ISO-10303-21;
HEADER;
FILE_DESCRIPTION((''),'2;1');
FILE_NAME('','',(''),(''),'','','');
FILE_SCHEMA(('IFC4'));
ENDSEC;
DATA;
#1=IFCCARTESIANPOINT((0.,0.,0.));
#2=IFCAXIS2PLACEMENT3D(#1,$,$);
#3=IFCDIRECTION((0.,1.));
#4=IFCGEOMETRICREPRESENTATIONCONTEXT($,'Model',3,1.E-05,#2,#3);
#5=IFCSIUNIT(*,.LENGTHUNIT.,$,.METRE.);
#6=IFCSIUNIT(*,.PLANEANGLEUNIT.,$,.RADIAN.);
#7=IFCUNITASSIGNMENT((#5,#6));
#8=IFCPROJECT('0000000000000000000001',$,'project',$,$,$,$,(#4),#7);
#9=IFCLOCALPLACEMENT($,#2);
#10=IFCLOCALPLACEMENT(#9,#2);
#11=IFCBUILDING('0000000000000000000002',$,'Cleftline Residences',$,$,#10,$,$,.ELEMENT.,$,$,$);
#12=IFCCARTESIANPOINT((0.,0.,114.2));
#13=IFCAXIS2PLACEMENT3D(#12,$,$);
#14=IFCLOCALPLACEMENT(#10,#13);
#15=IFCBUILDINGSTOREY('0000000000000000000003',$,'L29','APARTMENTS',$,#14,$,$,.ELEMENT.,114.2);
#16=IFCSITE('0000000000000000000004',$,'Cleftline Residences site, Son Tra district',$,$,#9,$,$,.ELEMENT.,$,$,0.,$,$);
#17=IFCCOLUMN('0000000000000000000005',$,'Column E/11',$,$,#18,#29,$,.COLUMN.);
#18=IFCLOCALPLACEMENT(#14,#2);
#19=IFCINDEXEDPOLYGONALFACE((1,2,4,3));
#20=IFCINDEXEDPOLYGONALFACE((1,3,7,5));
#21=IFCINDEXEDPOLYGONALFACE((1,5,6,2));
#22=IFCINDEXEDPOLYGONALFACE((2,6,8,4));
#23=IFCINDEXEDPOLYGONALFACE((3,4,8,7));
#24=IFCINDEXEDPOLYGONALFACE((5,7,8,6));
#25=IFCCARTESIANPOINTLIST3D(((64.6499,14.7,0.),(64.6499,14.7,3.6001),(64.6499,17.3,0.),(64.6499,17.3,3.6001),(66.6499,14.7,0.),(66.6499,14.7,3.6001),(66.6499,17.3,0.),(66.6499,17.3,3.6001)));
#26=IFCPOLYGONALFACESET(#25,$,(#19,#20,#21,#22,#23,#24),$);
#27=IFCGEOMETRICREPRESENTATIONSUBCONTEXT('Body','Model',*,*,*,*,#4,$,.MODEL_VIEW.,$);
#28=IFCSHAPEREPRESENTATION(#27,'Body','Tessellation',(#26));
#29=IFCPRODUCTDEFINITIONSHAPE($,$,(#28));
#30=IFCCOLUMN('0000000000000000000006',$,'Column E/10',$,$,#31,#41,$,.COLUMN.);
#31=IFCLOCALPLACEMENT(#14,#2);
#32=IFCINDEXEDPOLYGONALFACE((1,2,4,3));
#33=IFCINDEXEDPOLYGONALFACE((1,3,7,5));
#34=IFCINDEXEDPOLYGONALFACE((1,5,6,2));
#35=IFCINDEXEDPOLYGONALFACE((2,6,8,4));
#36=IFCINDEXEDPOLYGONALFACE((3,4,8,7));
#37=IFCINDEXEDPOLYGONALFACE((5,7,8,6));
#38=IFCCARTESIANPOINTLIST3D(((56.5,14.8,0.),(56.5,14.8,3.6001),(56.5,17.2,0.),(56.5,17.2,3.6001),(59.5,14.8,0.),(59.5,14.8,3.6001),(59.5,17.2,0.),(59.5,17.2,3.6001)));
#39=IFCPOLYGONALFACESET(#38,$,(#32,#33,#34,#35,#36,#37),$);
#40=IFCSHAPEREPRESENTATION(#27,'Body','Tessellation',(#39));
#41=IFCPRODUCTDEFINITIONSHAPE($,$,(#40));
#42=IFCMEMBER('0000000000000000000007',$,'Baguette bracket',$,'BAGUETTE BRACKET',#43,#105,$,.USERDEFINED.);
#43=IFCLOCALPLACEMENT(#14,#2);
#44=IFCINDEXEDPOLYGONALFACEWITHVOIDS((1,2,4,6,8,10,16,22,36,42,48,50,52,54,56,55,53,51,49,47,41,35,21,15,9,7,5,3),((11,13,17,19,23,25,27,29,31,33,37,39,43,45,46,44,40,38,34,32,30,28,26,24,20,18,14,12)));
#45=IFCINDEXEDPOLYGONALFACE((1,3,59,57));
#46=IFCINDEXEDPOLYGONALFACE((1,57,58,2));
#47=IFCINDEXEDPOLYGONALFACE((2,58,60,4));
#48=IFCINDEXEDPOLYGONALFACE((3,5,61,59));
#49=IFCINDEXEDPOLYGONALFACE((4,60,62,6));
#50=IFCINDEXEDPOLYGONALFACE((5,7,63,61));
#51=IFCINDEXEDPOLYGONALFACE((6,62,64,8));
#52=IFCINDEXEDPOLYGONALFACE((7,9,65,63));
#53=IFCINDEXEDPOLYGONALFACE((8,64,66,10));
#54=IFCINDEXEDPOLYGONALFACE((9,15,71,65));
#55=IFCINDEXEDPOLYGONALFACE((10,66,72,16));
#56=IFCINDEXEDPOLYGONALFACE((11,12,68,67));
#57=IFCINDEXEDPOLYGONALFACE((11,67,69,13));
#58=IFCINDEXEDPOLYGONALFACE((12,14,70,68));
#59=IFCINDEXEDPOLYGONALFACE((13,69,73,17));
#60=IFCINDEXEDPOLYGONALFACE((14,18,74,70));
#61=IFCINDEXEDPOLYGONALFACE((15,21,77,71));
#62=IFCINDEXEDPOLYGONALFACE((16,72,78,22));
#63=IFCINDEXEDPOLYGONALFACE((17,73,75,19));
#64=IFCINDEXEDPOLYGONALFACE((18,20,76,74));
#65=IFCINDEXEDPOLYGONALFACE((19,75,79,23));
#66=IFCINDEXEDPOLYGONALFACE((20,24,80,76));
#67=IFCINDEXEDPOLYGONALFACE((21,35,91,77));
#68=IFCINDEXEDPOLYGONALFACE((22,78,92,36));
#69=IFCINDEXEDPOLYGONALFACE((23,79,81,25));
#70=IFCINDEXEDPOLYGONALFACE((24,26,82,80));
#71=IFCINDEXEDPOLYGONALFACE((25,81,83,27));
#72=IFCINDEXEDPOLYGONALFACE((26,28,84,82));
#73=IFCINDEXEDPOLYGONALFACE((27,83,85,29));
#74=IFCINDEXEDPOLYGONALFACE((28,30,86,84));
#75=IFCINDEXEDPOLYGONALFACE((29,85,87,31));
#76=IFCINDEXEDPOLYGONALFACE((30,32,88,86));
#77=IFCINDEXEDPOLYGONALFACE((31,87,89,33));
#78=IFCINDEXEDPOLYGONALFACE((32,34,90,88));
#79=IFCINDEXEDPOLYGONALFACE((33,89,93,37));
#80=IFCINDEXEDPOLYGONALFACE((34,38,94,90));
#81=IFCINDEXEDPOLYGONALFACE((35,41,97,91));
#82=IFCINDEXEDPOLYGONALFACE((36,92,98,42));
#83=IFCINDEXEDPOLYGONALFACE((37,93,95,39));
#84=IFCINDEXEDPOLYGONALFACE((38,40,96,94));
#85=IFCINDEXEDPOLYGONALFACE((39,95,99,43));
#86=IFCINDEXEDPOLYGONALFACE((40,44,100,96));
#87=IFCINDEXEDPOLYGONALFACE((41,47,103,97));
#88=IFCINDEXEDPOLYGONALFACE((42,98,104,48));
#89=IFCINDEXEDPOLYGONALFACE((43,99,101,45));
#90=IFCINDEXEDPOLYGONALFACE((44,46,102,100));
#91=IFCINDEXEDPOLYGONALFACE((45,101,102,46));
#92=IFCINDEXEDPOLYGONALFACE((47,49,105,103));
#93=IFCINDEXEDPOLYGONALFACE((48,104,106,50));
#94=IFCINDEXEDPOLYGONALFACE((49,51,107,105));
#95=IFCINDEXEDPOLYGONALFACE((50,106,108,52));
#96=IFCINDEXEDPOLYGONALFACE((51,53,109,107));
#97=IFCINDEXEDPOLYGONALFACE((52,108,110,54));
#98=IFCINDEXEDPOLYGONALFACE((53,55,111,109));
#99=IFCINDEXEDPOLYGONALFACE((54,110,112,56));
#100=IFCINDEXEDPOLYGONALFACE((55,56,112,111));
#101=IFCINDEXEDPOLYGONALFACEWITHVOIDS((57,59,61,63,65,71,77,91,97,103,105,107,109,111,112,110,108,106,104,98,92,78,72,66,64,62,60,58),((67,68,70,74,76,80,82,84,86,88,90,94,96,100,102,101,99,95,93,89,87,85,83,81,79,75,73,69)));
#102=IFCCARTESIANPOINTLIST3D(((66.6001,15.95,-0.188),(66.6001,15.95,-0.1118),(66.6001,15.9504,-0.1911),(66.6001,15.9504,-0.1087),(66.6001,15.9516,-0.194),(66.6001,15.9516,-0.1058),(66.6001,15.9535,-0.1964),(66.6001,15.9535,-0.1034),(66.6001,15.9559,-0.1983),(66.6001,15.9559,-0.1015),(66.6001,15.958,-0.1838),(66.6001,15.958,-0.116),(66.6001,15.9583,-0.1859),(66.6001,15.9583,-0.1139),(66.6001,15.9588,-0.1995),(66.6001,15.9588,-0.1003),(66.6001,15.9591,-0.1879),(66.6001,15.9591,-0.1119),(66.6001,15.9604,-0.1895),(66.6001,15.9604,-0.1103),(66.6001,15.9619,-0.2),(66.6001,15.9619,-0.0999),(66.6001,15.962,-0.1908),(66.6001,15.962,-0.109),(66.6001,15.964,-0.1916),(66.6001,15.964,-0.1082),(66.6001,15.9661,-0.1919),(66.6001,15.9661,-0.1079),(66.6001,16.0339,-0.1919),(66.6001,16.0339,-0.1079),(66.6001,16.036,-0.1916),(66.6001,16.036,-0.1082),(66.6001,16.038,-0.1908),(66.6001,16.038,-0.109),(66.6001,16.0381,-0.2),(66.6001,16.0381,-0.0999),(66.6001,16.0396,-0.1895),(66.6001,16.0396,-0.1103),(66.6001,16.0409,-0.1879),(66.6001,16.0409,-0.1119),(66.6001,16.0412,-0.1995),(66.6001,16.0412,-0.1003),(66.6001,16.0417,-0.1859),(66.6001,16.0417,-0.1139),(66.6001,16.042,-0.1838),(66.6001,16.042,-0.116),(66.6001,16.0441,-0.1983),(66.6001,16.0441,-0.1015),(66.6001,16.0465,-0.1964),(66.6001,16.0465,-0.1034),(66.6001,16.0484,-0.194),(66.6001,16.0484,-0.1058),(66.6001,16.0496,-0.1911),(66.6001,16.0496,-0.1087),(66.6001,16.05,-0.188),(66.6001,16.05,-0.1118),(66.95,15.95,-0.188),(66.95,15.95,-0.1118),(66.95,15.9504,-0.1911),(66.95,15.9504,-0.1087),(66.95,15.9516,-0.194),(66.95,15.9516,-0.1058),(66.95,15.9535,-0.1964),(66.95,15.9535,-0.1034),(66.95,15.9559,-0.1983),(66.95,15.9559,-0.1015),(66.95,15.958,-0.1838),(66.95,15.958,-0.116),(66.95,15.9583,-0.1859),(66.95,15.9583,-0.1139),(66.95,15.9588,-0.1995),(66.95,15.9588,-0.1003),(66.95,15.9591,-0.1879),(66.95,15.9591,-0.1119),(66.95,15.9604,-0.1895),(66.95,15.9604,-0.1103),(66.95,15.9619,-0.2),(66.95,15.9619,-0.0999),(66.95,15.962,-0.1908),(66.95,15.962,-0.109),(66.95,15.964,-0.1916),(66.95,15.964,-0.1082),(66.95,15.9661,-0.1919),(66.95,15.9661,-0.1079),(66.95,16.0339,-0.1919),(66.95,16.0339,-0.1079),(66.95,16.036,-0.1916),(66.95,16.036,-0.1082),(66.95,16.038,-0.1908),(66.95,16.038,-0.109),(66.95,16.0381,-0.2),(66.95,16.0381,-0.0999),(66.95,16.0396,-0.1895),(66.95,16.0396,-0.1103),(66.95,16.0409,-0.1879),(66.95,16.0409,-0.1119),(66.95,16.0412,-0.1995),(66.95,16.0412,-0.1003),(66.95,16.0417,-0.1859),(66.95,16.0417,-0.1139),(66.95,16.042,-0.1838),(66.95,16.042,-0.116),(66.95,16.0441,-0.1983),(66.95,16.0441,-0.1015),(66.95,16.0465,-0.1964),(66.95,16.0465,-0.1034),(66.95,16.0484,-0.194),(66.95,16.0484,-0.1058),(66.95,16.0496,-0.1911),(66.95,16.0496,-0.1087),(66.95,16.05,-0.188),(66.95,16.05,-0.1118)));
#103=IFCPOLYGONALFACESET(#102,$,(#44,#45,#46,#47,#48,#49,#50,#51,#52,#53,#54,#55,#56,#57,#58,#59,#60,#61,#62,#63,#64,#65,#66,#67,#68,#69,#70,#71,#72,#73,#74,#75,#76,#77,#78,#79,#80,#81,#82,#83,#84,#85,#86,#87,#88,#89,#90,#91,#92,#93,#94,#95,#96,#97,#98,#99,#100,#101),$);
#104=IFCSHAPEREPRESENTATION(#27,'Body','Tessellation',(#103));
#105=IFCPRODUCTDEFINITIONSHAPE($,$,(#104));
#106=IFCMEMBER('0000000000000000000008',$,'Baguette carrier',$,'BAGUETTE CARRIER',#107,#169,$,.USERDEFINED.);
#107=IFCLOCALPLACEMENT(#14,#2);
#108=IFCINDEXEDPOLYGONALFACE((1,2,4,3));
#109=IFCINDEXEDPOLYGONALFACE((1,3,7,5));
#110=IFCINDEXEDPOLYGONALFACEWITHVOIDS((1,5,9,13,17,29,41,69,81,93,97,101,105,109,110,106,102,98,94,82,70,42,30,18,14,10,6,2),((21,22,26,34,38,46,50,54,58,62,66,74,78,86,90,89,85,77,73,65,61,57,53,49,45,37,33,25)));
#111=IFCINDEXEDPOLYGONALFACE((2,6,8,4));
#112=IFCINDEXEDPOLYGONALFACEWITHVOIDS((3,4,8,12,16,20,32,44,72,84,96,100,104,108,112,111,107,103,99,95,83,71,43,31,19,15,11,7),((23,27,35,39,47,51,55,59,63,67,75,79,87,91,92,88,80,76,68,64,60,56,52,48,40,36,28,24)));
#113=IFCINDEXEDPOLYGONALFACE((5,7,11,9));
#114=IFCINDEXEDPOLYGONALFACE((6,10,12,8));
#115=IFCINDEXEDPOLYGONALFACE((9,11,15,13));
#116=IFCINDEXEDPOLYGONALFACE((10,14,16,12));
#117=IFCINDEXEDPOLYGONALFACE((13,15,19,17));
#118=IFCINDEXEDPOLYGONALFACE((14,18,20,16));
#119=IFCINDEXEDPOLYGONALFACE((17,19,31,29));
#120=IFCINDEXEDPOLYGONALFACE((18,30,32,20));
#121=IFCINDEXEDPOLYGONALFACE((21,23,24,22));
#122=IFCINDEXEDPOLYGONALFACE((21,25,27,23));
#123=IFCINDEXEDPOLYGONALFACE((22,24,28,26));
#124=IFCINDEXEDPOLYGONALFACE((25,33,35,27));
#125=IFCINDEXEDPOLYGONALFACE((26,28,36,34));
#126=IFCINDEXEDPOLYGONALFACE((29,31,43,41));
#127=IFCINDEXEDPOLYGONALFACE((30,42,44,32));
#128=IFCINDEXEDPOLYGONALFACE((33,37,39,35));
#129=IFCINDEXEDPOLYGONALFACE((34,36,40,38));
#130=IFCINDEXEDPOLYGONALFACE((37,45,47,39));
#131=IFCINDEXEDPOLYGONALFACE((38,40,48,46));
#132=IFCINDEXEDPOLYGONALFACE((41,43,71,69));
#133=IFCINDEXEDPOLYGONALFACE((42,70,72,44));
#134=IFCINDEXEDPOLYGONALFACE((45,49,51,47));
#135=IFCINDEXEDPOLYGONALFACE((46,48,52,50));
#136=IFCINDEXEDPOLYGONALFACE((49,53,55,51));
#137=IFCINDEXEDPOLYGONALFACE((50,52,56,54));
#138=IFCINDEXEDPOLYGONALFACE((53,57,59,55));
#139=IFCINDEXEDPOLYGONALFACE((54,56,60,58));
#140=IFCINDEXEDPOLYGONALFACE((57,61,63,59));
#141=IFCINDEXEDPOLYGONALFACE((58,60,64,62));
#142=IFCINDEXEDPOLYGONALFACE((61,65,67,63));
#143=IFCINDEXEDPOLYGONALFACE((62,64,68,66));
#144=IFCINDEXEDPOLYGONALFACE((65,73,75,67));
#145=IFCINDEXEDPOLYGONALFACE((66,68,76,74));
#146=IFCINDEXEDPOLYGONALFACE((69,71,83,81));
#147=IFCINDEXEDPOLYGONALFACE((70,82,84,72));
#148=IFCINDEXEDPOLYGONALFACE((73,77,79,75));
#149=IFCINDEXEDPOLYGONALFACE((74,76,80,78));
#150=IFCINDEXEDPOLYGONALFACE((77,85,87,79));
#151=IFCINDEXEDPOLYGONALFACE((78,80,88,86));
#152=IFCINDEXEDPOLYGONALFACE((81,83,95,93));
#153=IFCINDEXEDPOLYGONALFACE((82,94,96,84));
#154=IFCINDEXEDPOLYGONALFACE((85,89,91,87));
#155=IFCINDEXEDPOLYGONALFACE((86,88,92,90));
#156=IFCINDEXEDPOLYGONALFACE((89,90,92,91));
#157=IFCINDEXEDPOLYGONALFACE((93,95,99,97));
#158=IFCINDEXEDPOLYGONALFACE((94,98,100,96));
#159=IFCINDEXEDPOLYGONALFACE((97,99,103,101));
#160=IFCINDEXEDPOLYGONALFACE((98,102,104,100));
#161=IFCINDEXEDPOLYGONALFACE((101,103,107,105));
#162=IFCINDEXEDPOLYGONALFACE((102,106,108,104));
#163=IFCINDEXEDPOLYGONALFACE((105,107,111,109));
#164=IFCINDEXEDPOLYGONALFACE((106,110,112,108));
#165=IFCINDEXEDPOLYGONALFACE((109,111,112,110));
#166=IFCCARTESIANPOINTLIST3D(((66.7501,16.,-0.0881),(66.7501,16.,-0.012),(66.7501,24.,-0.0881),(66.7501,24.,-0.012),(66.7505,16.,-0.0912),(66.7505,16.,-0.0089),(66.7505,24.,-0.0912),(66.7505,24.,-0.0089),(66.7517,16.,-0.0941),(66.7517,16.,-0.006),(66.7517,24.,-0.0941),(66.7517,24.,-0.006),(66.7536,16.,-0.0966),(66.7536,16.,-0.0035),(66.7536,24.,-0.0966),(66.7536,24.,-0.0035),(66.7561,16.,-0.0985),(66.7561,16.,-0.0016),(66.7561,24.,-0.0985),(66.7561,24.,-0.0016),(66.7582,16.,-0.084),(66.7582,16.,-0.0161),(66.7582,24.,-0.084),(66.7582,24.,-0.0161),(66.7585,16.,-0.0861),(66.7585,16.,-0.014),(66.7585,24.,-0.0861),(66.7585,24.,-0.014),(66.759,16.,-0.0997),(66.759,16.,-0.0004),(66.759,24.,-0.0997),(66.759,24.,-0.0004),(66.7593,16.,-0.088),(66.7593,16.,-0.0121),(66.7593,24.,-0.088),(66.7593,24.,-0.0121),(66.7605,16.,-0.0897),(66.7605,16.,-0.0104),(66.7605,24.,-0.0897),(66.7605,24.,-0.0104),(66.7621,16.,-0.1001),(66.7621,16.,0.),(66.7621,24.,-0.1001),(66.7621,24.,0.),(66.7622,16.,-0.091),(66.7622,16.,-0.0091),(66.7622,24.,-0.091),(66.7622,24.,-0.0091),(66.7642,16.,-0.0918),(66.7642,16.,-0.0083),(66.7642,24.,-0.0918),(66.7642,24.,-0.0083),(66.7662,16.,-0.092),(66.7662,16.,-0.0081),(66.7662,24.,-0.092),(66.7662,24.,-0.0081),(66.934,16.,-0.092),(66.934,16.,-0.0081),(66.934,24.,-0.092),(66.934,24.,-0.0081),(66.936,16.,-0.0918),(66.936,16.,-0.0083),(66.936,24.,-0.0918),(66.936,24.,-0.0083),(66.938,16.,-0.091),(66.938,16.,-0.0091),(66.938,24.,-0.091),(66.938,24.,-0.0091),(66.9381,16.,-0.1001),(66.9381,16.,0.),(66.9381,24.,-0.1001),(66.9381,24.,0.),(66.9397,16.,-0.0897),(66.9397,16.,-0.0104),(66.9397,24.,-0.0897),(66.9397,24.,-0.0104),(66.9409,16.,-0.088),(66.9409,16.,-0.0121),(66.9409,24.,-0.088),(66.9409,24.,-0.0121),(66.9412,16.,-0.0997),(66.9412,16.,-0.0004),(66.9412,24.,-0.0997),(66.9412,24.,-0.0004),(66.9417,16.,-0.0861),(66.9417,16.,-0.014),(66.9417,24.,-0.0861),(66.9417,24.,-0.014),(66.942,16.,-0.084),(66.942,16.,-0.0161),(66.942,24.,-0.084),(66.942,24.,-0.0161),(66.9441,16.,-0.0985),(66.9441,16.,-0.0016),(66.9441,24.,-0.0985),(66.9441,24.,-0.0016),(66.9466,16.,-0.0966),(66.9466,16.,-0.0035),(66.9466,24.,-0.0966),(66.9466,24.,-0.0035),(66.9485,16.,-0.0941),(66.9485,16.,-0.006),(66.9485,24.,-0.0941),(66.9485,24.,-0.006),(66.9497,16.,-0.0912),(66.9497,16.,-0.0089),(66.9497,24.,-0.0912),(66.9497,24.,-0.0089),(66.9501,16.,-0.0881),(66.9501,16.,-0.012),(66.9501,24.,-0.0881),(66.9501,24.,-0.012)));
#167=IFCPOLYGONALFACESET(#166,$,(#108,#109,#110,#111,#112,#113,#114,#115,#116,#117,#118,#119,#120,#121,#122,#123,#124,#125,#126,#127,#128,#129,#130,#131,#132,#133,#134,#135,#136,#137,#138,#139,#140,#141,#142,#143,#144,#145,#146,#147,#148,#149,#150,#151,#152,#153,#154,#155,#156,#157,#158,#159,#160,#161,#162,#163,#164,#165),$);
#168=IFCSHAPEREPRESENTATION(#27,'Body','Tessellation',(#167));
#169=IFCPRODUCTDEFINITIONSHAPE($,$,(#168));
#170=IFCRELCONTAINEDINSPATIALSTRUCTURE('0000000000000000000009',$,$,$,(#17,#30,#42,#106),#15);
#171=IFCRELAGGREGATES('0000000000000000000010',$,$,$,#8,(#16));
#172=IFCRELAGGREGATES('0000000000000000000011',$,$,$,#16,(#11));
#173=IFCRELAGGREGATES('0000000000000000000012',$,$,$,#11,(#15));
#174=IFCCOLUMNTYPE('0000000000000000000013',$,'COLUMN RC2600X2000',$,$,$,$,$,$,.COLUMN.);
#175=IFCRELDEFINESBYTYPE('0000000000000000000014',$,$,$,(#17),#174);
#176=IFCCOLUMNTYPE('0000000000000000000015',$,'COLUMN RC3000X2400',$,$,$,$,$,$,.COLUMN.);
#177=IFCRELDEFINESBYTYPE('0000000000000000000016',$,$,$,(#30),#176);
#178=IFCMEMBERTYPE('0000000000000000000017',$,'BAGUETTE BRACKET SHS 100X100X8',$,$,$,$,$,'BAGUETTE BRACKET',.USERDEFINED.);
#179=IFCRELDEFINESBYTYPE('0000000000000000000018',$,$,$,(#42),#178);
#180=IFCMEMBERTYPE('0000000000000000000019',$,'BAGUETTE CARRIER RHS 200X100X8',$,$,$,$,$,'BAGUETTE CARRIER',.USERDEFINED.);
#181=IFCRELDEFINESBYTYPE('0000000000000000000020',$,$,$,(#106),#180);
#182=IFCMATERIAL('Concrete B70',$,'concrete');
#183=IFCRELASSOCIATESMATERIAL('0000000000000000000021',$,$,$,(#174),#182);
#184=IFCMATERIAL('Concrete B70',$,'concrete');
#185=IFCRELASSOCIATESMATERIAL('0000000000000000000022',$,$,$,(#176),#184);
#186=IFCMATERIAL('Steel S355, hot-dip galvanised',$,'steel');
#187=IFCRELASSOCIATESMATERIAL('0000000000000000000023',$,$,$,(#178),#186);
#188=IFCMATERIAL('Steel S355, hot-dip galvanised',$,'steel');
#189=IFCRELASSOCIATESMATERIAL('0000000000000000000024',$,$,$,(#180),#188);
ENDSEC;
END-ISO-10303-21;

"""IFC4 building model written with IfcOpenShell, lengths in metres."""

from ifc_helpers import new_model, si_unit, direction, frame, origin, origin_2d, place, context, subcontext, project, spatial, rectangle, hollow_rectangle, extrude, material, material_profile, profile_set, type_object, element, save


model = new_model("IFC4")

# Units and contexts
model_context = context("Model", 3, precision=1e-05, world=origin(), true_north=direction((0.0, 1.0)))
body_context = subcontext(model_context, "Body", "Model", "MODEL_VIEW")
ifc_project = project(units=[si_unit("LENGTHUNIT", "METRE"), si_unit("PLANEANGLEUNIT", "RADIAN")], contexts=[model_context])

# Site, building, storey
site_placement = place(None, origin())
site = spatial("IfcSite", under=ifc_project, at=site_placement, Name="Cleftline Residences site, Son Tra district", CompositionType="ELEMENT", RefElevation=0.0)
building_placement = place(site_placement, origin())
building = spatial("IfcBuilding", under=site, at=building_placement, Name="Cleftline Residences", CompositionType="ELEMENT")
storey_placement = place(building_placement, frame((0.0, 0.0, 114.2)))
storey = spatial("IfcBuildingStorey", under=building, at=storey_placement, Name="L29", Description="APARTMENTS", CompositionType="ELEMENT", Elevation=114.2)

# Columns
ifc_material_1 = material(Name="Concrete B70", Category="concrete")
ifc_material_profile_1 = material_profile(ifc_material_1, rectangle(XDim=2.6001, YDim=2.0, at=origin_2d()))
ifc_profile_set_1 = profile_set([ifc_material_profile_1], Name="Concrete B70")
column_type_1 = type_object("IfcColumnType", Name="COLUMN RC2600X2000", PredefinedType="COLUMN", material=ifc_profile_set_1)
column_1_placement = place(storey_placement, frame((65.6499, 16.0, 0.0), z_axis=(0.0, 0.0, 1.0), x_axis=(0.0, 1.0, 0.0)))
element("IfcColumn", 1, at=column_1_placement, inside=storey, type_object=column_type_1, Name="Column E/11", PredefinedType="COLUMN", context=body_context, shape_type="SweptSolid", body=[
    extrude(rectangle(XDim=2.6001, YDim=2.0, at=origin_2d()), origin(), (0.0, 0.0, 1.0), 3.6001),
])
ifc_material_2 = material(Name="Concrete B70", Category="concrete")
ifc_material_profile_2 = material_profile(ifc_material_2, rectangle(XDim=3.0, YDim=2.3999, at=origin_2d()))
ifc_profile_set_2 = profile_set([ifc_material_profile_2], Name="Concrete B70")
column_type_2 = type_object("IfcColumnType", Name="COLUMN RC3000X2400", PredefinedType="COLUMN", material=ifc_profile_set_2)
column_2_placement = place(storey_placement, frame((58.0, 16.0, 0.0), z_axis=(0.0, 0.0, 1.0), x_axis=(1.0, 0.0, 0.0)))
element("IfcColumn", 2, at=column_2_placement, inside=storey, type_object=column_type_2, Name="Column E/10", PredefinedType="COLUMN", context=body_context, shape_type="SweptSolid", body=[
    extrude(rectangle(XDim=3.0, YDim=2.3999, at=origin_2d()), origin(), (0.0, 0.0, 1.0), 3.6001),
])

# Members
ifc_material_3 = material(Name="Steel S355, hot-dip galvanised", Category="steel")
ifc_material_profile_3 = material_profile(ifc_material_3, hollow_rectangle(XDim=0.1001, YDim=0.1001, WallThickness=0.0081, InnerFilletRadius=0.0081, OuterFilletRadius=0.012, at=origin_2d()))
ifc_profile_set_3 = profile_set([ifc_material_profile_3], Name="Steel S355, hot-dip galvanised")
member_type_1 = type_object("IfcMemberType", Name="BAGUETTE BRACKET SHS 100X100X8", ElementType="BAGUETTE BRACKET", PredefinedType="USERDEFINED", material=ifc_profile_set_3)
member_1_placement = place(storey_placement, frame((66.6001, 16.0, -0.1499), z_axis=(1.0, 0.0, 0.0), x_axis=(0.0, 1.0, 0.0)))
element("IfcMember", 3, at=member_1_placement, inside=storey, type_object=member_type_1, Name="Baguette bracket", ObjectType="BAGUETTE BRACKET", PredefinedType="USERDEFINED", context=body_context, shape_type="SweptSolid", body=[
    extrude(hollow_rectangle(XDim=0.1001, YDim=0.1001, WallThickness=0.0081, InnerFilletRadius=0.0081, OuterFilletRadius=0.012, at=origin_2d()), origin(), (0.0, 0.0, 1.0), 0.3499),
])
ifc_material_4 = material(Name="Steel S355, hot-dip galvanised", Category="steel")
ifc_material_profile_4 = material_profile(ifc_material_4, hollow_rectangle(XDim=0.1001, YDim=0.2, WallThickness=0.0081, InnerFilletRadius=0.0081, OuterFilletRadius=0.012, at=origin_2d()))
ifc_profile_set_4 = profile_set([ifc_material_profile_4], Name="Steel S355, hot-dip galvanised")
member_type_2 = type_object("IfcMemberType", Name="BAGUETTE CARRIER RHS 200X100X8", ElementType="BAGUETTE CARRIER", PredefinedType="USERDEFINED", material=ifc_profile_set_4)
member_2_placement = place(storey_placement, frame((66.8501, 16.0, -0.05), z_axis=(0.0, 1.0, 0.0), x_axis=(0.0, 0.0, 1.0)))
element("IfcMember", 4, at=member_2_placement, inside=storey, type_object=member_type_2, Name="Baguette carrier", ObjectType="BAGUETTE CARRIER", PredefinedType="USERDEFINED", context=body_context, shape_type="SweptSolid", body=[
    extrude(hollow_rectangle(XDim=0.1001, YDim=0.2, WallThickness=0.0081, InnerFilletRadius=0.0081, OuterFilletRadius=0.012, at=origin_2d()), origin(), (0.0, 0.0, 1.0), 8.0),
])

save(model, "model.ifc")
